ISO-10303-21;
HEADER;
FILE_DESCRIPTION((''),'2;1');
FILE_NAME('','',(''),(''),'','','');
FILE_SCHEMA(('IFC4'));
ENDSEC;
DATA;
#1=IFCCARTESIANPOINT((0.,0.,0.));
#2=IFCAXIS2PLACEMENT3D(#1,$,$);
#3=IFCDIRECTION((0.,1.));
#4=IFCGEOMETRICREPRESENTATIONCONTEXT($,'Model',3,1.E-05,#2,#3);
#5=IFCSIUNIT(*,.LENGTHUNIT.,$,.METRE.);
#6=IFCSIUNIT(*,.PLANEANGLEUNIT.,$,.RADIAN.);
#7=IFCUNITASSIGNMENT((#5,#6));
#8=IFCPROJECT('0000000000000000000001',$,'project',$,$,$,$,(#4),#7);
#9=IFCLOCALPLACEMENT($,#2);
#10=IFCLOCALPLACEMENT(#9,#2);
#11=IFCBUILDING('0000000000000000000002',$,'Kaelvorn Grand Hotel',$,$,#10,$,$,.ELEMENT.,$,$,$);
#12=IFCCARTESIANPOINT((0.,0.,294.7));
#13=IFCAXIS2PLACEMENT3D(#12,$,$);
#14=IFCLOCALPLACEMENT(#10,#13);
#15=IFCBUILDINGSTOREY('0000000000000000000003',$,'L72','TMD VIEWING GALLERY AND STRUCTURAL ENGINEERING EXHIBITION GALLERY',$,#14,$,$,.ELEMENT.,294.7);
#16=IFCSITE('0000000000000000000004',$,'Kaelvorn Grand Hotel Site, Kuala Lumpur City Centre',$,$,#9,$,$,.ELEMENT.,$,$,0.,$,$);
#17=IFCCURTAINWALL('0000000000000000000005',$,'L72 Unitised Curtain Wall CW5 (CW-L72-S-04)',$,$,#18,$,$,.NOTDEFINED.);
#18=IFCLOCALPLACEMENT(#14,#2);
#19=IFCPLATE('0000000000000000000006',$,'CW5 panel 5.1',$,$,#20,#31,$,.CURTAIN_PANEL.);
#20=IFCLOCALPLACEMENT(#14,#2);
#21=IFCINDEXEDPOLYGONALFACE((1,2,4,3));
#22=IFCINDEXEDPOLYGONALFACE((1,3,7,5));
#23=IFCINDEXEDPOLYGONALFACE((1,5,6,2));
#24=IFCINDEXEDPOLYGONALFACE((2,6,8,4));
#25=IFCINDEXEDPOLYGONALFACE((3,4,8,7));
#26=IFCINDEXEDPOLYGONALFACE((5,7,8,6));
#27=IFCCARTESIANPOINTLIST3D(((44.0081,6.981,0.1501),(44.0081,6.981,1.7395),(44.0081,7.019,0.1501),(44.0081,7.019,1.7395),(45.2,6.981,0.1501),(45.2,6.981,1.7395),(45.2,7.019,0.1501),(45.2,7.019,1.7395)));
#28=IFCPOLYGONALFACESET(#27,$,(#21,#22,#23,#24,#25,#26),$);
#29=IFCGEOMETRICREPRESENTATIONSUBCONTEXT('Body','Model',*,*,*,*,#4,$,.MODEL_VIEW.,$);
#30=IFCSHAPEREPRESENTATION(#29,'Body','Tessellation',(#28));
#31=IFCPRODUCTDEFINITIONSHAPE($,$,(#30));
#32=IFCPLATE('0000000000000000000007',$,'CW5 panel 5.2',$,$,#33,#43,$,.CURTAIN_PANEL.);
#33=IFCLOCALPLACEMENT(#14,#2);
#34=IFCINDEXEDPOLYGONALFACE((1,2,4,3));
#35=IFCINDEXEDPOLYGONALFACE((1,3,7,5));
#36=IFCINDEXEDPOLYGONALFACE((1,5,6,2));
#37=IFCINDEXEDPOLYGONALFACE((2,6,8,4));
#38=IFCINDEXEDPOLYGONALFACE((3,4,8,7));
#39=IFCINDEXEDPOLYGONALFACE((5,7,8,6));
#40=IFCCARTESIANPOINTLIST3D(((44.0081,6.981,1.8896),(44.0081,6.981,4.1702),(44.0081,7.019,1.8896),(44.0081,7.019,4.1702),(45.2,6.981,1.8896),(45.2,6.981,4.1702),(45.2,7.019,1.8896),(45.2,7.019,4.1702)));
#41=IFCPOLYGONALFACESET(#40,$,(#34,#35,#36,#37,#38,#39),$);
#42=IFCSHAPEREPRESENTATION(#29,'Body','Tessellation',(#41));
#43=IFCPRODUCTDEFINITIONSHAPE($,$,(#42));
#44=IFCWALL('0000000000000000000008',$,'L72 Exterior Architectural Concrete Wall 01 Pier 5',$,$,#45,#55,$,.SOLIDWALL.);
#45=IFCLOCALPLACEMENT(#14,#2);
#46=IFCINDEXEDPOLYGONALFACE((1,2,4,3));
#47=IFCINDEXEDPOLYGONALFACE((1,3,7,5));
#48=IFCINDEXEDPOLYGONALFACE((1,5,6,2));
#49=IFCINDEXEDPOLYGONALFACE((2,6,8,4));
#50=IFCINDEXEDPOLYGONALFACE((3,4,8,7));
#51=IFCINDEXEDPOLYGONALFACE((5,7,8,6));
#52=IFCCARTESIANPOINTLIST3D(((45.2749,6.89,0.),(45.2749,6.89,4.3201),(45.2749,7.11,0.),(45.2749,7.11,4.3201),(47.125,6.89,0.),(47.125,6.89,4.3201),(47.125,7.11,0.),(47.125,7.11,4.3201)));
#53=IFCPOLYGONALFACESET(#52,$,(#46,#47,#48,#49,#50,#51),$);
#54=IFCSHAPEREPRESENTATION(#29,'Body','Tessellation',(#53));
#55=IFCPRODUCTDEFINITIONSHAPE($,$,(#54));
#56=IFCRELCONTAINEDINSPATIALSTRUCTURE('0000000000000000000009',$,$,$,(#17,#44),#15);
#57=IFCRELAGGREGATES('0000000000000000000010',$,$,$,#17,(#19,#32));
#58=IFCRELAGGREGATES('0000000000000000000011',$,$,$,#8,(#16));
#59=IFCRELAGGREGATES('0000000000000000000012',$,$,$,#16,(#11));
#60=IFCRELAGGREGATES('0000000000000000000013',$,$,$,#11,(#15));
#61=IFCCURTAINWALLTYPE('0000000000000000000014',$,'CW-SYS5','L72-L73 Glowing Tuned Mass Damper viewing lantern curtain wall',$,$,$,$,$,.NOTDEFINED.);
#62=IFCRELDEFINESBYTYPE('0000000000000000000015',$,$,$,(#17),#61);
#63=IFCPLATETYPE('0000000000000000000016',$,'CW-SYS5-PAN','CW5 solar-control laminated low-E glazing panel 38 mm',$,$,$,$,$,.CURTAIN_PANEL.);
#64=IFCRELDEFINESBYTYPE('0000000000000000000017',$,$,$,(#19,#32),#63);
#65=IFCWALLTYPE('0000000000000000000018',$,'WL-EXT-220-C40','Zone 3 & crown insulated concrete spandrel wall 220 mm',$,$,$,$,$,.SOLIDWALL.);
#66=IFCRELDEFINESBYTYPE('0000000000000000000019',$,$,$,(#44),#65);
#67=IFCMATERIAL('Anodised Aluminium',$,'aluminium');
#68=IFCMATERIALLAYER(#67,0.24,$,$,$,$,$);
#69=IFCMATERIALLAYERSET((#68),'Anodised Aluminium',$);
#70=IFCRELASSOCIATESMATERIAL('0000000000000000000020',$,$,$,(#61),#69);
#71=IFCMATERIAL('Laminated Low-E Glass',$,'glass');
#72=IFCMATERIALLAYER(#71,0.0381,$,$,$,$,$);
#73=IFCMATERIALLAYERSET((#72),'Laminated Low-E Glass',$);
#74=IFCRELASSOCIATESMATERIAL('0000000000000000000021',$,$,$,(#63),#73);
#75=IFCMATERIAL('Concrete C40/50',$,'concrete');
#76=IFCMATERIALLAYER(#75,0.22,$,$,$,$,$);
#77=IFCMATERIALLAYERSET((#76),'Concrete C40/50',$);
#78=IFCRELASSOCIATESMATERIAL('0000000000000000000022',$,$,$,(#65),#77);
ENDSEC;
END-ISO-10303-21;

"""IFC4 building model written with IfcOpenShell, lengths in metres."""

from ifc_helpers import new_model, si_unit, direction, frame, frame_2d, origin, origin_2d, place, context, subcontext, project, spatial, rectangle, extrude, material, layer, layer_set, type_object, element, aggregate, save


model = new_model("IFC4")

# Units and contexts
model_context = context("Model", 3, precision=1e-05, world=origin(), true_north=direction((0.0, 1.0)))
body_context = subcontext(model_context, "Body", "Model", "MODEL_VIEW")
ifc_project = project(units=[si_unit("LENGTHUNIT", "METRE"), si_unit("PLANEANGLEUNIT", "RADIAN")], contexts=[model_context])

# Site, building, storey
site_placement = place(None, origin())
site = spatial("IfcSite", under=ifc_project, at=site_placement, Name="Kaelvorn Grand Hotel Site, Kuala Lumpur City Centre", CompositionType="ELEMENT", RefElevation=0.0)
building_placement = place(site_placement, origin())
building = spatial("IfcBuilding", under=site, at=building_placement, Name="Kaelvorn Grand Hotel", CompositionType="ELEMENT")
storey_placement = place(building_placement, frame((0.0, 0.0, 294.7)))
storey = spatial("IfcBuildingStorey", under=building, at=storey_placement, Name="L72", Description="TMD VIEWING GALLERY AND STRUCTURAL ENGINEERING EXHIBITION GALLERY", CompositionType="ELEMENT", Elevation=294.7)

# Curtain wall
ifc_material_1 = material(Name="Anodised Aluminium", Category="aluminium")
ifc_layer_1 = layer(ifc_material_1, 0.24)
ifc_layer_set_1 = layer_set([ifc_layer_1], Name="Anodised Aluminium")
curtain_wall_type = type_object("IfcCurtainWallType", Name="CW-SYS5", Description="L72-L73 Glowing Tuned Mass Damper viewing lantern curtain wall", PredefinedType="NOTDEFINED", material=ifc_layer_set_1)
curtain_wall_1_placement = place(storey_placement, origin())
curtain_wall_1 = element("IfcCurtainWall", 1, at=curtain_wall_1_placement, inside=storey, type_object=curtain_wall_type, Name="L72 Unitised Curtain Wall CW5 (CW-L72-S-04)", PredefinedType="NOTDEFINED")

# Plates
ifc_material_2 = material(Name="Laminated Low-E Glass", Category="glass")
ifc_layer_2 = layer(ifc_material_2, 0.0381)
ifc_layer_set_2 = layer_set([ifc_layer_2], Name="Laminated Low-E Glass")
plate_type = type_object("IfcPlateType", Name="CW-SYS5-PAN", Description="CW5 solar-control laminated low-E glazing panel 38 mm", PredefinedType="CURTAIN_PANEL", material=ifc_layer_set_2)
plate_1_placement = place(storey_placement, frame((44.604, 7.0, 0.1501), z_axis=(0.0, 0.0, 1.0), x_axis=(1.0, 0.0, 0.0)))
plate_1 = element("IfcPlate", 2, at=plate_1_placement, type_object=plate_type, Name="CW5 panel 5.1", PredefinedType="CURTAIN_PANEL", context=body_context, shape_type="SweptSolid", body=[
    extrude(rectangle(XDim=1.1919, YDim=0.0381, at=origin_2d()), origin(), (0.0, 0.0, 1.0), 1.5894),
])
plate_2_placement = place(storey_placement, frame((44.604, 7.0, 1.8896), z_axis=(0.0, 0.0, 1.0), x_axis=(1.0, 0.0, 0.0)))
plate_2 = element("IfcPlate", 3, at=plate_2_placement, type_object=plate_type, Name="CW5 panel 5.2", PredefinedType="CURTAIN_PANEL", context=body_context, shape_type="SweptSolid", body=[
    extrude(rectangle(XDim=1.1919, YDim=0.0381, at=origin_2d()), origin(), (0.0, 0.0, 1.0), 2.2805),
])
aggregate(curtain_wall_1, [plate_1, plate_2])

# Wall
ifc_material_3 = material(Name="Concrete C40/50", Category="concrete")
ifc_layer_3 = layer(ifc_material_3, 0.22)
ifc_layer_set_3 = layer_set([ifc_layer_3], Name="Concrete C40/50")
wall_type = type_object("IfcWallType", Name="WL-EXT-220-C40", Description="Zone 3 & crown insulated concrete spandrel wall 220 mm", PredefinedType="SOLIDWALL", material=ifc_layer_set_3)
wall_placement = place(storey_placement, frame((45.2749, 7.0, 0.0), z_axis=(0.0, 0.0, 1.0), x_axis=(1.0, 0.0, 0.0)))
element("IfcWall", 4, at=wall_placement, inside=storey, type_object=wall_type, Name="L72 Exterior Architectural Concrete Wall 01 Pier 5", PredefinedType="SOLIDWALL", context=body_context, shape_type="SweptSolid", body=[
    extrude(rectangle(XDim=1.8501, YDim=0.22, at=frame_2d((0.925, 0.0))), origin(), (0.0, 0.0, 1.0), 4.3201),
])

save(model, "model.ifc")
